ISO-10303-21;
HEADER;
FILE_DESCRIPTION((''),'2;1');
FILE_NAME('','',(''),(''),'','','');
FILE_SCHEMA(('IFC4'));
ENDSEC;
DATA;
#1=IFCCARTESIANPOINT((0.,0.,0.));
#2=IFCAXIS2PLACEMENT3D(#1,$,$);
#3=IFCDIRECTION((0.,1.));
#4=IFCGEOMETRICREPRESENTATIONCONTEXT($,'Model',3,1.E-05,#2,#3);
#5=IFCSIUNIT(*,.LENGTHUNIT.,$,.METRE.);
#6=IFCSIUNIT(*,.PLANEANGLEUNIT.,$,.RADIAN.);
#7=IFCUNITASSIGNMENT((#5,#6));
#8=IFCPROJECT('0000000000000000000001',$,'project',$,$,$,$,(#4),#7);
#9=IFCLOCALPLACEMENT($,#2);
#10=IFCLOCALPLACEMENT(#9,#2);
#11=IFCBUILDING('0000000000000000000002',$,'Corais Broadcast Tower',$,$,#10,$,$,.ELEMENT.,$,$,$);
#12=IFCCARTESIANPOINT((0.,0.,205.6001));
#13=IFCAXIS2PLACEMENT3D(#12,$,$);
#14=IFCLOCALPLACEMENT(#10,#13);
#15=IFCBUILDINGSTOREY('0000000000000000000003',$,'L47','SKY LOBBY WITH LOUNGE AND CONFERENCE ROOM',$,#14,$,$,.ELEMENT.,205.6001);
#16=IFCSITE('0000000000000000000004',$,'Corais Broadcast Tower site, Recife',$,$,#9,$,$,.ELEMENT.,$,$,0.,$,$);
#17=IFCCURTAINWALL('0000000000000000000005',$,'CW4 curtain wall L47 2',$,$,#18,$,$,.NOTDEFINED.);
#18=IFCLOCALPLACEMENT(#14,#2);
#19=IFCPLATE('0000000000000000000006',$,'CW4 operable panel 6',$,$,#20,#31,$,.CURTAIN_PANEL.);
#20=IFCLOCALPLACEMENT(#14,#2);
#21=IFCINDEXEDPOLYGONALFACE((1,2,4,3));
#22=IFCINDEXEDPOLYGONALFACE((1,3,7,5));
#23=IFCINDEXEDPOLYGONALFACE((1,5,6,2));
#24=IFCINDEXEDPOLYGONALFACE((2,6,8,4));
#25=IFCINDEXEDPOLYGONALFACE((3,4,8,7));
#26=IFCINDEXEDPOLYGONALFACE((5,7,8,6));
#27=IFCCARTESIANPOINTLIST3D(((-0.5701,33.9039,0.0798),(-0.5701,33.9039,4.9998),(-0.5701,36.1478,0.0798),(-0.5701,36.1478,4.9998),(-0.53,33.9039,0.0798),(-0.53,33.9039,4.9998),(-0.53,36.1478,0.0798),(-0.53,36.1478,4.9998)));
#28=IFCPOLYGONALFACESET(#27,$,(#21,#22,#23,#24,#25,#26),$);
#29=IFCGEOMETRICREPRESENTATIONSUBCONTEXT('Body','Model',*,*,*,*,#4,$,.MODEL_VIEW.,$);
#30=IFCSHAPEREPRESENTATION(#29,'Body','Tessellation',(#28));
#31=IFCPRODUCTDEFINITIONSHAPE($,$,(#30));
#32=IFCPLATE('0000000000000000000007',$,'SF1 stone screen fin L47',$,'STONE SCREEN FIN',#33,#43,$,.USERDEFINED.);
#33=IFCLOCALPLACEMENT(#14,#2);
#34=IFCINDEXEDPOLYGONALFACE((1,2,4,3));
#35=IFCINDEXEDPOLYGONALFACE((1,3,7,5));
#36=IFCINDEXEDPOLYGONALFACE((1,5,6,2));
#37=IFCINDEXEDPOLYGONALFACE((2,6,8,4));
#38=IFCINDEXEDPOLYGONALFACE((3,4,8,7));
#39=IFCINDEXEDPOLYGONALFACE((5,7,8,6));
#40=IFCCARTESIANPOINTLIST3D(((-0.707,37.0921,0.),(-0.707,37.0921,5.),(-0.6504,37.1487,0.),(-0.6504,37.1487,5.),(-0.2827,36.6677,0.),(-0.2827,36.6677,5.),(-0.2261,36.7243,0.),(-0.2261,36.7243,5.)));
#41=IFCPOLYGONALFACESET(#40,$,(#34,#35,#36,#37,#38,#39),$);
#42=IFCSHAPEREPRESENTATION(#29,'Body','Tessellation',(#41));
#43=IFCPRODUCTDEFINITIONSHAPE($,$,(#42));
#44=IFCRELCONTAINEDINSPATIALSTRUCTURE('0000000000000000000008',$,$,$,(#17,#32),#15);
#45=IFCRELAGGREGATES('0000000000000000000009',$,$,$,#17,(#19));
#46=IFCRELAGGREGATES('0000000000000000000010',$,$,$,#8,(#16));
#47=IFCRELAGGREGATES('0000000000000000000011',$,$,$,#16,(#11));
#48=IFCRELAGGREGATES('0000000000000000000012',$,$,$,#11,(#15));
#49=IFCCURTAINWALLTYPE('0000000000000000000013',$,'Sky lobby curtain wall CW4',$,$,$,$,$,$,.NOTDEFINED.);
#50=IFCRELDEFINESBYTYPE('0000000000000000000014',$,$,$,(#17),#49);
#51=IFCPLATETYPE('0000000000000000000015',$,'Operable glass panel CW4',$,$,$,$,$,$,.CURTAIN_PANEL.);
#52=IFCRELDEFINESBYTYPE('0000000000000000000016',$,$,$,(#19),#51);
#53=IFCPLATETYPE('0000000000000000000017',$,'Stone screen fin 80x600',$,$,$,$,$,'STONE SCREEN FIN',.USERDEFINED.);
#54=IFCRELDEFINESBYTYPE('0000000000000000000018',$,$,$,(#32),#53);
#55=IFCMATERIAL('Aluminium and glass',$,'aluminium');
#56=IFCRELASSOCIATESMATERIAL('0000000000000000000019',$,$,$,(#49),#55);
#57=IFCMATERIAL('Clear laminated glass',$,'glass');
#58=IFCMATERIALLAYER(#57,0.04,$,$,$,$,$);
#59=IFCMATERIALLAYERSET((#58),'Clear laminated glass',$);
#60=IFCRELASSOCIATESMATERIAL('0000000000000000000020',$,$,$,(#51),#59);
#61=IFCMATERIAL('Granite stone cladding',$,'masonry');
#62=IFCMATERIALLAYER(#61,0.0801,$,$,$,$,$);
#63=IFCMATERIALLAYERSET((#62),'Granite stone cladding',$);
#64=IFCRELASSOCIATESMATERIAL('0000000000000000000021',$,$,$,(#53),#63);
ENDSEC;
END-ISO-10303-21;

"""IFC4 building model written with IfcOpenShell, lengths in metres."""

from ifc_helpers import new_model, si_unit, direction, frame, origin, origin_2d, place, context, subcontext, project, spatial, rectangle, extrude, material, layer, layer_set, type_object, element, aggregate, save


model = new_model("IFC4")

# Units and contexts
model_context = context("Model", 3, precision=1e-05, world=origin(), true_north=direction((0.0, 1.0)))
body_context = subcontext(model_context, "Body", "Model", "MODEL_VIEW")
ifc_project = project(units=[si_unit("LENGTHUNIT", "METRE"), si_unit("PLANEANGLEUNIT", "RADIAN")], contexts=[model_context])

# Site, building, storey
site_placement = place(None, origin())
site = spatial("IfcSite", under=ifc_project, at=site_placement, Name="Corais Broadcast Tower site, Recife", CompositionType="ELEMENT", RefElevation=0.0)
building_placement = place(site_placement, origin())
building = spatial("IfcBuilding", under=site, at=building_placement, Name="Corais Broadcast Tower", CompositionType="ELEMENT")
storey_placement = place(building_placement, frame((0.0, 0.0, 205.6001)))
storey = spatial("IfcBuildingStorey", under=building, at=storey_placement, Name="L47", Description="SKY LOBBY WITH LOUNGE AND CONFERENCE ROOM", CompositionType="ELEMENT", Elevation=205.6001)

# Curtain wall
ifc_material_1 = material(Name="Aluminium and glass", Category="aluminium")
curtain_wall_type = type_object("IfcCurtainWallType", Name="Sky lobby curtain wall CW4", PredefinedType="NOTDEFINED", material=ifc_material_1)
curtain_wall_1_placement = place(storey_placement, origin())
curtain_wall_1 = element("IfcCurtainWall", 1, at=curtain_wall_1_placement, inside=storey, type_object=curtain_wall_type, Name="CW4 curtain wall L47 2", PredefinedType="NOTDEFINED")

# Plates
ifc_material_2 = material(Name="Clear laminated glass", Category="glass")
ifc_layer_1 = layer(ifc_material_2, 0.04)
ifc_layer_set_1 = layer_set([ifc_layer_1], Name="Clear laminated glass")
plate_type_1 = type_object("IfcPlateType", Name="Operable glass panel CW4", PredefinedType="CURTAIN_PANEL", material=ifc_layer_set_1)
plate_1_placement = place(storey_placement, frame((-0.55, 35.0259, 0.0798), z_axis=(0.0, 0.0, 1.0), x_axis=(0.0, 1.0, 0.0)))
plate_1 = element("IfcPlate", 2, at=plate_1_placement, type_object=plate_type_1, Name="CW4 operable panel 6", PredefinedType="CURTAIN_PANEL", context=body_context, shape_type="SweptSolid", body=[
    extrude(rectangle(XDim=2.2439, YDim=0.04, at=origin_2d()), origin(), (0.0, 0.0, 1.0), 4.9199),
])
aggregate(curtain_wall_1, [plate_1])
ifc_material_3 = material(Name="Granite stone cladding", Category="masonry")
ifc_layer_2 = layer(ifc_material_3, 0.0801)
ifc_layer_set_2 = layer_set([ifc_layer_2], Name="Granite stone cladding")
plate_type_2 = type_object("IfcPlateType", Name="Stone screen fin 80x600", ElementType="STONE SCREEN FIN", PredefinedType="USERDEFINED", material=ifc_layer_set_2)
plate_2_placement = place(storey_placement, frame((-0.4666, 36.9082, 0.0), z_axis=(0.0, 0.0, 1.0), x_axis=(0.707107, 0.707107, 0.0)))
element("IfcPlate", 3, at=plate_2_placement, inside=storey, type_object=plate_type_2, Name="SF1 stone screen fin L47", ObjectType="STONE SCREEN FIN", PredefinedType="USERDEFINED", context=body_context, shape_type="SweptSolid", body=[
    extrude(rectangle(XDim=0.0801, YDim=0.6001, at=origin_2d()), origin(), (0.0, 0.0, 1.0), 5.0),
])

save(model, "model.ifc")
